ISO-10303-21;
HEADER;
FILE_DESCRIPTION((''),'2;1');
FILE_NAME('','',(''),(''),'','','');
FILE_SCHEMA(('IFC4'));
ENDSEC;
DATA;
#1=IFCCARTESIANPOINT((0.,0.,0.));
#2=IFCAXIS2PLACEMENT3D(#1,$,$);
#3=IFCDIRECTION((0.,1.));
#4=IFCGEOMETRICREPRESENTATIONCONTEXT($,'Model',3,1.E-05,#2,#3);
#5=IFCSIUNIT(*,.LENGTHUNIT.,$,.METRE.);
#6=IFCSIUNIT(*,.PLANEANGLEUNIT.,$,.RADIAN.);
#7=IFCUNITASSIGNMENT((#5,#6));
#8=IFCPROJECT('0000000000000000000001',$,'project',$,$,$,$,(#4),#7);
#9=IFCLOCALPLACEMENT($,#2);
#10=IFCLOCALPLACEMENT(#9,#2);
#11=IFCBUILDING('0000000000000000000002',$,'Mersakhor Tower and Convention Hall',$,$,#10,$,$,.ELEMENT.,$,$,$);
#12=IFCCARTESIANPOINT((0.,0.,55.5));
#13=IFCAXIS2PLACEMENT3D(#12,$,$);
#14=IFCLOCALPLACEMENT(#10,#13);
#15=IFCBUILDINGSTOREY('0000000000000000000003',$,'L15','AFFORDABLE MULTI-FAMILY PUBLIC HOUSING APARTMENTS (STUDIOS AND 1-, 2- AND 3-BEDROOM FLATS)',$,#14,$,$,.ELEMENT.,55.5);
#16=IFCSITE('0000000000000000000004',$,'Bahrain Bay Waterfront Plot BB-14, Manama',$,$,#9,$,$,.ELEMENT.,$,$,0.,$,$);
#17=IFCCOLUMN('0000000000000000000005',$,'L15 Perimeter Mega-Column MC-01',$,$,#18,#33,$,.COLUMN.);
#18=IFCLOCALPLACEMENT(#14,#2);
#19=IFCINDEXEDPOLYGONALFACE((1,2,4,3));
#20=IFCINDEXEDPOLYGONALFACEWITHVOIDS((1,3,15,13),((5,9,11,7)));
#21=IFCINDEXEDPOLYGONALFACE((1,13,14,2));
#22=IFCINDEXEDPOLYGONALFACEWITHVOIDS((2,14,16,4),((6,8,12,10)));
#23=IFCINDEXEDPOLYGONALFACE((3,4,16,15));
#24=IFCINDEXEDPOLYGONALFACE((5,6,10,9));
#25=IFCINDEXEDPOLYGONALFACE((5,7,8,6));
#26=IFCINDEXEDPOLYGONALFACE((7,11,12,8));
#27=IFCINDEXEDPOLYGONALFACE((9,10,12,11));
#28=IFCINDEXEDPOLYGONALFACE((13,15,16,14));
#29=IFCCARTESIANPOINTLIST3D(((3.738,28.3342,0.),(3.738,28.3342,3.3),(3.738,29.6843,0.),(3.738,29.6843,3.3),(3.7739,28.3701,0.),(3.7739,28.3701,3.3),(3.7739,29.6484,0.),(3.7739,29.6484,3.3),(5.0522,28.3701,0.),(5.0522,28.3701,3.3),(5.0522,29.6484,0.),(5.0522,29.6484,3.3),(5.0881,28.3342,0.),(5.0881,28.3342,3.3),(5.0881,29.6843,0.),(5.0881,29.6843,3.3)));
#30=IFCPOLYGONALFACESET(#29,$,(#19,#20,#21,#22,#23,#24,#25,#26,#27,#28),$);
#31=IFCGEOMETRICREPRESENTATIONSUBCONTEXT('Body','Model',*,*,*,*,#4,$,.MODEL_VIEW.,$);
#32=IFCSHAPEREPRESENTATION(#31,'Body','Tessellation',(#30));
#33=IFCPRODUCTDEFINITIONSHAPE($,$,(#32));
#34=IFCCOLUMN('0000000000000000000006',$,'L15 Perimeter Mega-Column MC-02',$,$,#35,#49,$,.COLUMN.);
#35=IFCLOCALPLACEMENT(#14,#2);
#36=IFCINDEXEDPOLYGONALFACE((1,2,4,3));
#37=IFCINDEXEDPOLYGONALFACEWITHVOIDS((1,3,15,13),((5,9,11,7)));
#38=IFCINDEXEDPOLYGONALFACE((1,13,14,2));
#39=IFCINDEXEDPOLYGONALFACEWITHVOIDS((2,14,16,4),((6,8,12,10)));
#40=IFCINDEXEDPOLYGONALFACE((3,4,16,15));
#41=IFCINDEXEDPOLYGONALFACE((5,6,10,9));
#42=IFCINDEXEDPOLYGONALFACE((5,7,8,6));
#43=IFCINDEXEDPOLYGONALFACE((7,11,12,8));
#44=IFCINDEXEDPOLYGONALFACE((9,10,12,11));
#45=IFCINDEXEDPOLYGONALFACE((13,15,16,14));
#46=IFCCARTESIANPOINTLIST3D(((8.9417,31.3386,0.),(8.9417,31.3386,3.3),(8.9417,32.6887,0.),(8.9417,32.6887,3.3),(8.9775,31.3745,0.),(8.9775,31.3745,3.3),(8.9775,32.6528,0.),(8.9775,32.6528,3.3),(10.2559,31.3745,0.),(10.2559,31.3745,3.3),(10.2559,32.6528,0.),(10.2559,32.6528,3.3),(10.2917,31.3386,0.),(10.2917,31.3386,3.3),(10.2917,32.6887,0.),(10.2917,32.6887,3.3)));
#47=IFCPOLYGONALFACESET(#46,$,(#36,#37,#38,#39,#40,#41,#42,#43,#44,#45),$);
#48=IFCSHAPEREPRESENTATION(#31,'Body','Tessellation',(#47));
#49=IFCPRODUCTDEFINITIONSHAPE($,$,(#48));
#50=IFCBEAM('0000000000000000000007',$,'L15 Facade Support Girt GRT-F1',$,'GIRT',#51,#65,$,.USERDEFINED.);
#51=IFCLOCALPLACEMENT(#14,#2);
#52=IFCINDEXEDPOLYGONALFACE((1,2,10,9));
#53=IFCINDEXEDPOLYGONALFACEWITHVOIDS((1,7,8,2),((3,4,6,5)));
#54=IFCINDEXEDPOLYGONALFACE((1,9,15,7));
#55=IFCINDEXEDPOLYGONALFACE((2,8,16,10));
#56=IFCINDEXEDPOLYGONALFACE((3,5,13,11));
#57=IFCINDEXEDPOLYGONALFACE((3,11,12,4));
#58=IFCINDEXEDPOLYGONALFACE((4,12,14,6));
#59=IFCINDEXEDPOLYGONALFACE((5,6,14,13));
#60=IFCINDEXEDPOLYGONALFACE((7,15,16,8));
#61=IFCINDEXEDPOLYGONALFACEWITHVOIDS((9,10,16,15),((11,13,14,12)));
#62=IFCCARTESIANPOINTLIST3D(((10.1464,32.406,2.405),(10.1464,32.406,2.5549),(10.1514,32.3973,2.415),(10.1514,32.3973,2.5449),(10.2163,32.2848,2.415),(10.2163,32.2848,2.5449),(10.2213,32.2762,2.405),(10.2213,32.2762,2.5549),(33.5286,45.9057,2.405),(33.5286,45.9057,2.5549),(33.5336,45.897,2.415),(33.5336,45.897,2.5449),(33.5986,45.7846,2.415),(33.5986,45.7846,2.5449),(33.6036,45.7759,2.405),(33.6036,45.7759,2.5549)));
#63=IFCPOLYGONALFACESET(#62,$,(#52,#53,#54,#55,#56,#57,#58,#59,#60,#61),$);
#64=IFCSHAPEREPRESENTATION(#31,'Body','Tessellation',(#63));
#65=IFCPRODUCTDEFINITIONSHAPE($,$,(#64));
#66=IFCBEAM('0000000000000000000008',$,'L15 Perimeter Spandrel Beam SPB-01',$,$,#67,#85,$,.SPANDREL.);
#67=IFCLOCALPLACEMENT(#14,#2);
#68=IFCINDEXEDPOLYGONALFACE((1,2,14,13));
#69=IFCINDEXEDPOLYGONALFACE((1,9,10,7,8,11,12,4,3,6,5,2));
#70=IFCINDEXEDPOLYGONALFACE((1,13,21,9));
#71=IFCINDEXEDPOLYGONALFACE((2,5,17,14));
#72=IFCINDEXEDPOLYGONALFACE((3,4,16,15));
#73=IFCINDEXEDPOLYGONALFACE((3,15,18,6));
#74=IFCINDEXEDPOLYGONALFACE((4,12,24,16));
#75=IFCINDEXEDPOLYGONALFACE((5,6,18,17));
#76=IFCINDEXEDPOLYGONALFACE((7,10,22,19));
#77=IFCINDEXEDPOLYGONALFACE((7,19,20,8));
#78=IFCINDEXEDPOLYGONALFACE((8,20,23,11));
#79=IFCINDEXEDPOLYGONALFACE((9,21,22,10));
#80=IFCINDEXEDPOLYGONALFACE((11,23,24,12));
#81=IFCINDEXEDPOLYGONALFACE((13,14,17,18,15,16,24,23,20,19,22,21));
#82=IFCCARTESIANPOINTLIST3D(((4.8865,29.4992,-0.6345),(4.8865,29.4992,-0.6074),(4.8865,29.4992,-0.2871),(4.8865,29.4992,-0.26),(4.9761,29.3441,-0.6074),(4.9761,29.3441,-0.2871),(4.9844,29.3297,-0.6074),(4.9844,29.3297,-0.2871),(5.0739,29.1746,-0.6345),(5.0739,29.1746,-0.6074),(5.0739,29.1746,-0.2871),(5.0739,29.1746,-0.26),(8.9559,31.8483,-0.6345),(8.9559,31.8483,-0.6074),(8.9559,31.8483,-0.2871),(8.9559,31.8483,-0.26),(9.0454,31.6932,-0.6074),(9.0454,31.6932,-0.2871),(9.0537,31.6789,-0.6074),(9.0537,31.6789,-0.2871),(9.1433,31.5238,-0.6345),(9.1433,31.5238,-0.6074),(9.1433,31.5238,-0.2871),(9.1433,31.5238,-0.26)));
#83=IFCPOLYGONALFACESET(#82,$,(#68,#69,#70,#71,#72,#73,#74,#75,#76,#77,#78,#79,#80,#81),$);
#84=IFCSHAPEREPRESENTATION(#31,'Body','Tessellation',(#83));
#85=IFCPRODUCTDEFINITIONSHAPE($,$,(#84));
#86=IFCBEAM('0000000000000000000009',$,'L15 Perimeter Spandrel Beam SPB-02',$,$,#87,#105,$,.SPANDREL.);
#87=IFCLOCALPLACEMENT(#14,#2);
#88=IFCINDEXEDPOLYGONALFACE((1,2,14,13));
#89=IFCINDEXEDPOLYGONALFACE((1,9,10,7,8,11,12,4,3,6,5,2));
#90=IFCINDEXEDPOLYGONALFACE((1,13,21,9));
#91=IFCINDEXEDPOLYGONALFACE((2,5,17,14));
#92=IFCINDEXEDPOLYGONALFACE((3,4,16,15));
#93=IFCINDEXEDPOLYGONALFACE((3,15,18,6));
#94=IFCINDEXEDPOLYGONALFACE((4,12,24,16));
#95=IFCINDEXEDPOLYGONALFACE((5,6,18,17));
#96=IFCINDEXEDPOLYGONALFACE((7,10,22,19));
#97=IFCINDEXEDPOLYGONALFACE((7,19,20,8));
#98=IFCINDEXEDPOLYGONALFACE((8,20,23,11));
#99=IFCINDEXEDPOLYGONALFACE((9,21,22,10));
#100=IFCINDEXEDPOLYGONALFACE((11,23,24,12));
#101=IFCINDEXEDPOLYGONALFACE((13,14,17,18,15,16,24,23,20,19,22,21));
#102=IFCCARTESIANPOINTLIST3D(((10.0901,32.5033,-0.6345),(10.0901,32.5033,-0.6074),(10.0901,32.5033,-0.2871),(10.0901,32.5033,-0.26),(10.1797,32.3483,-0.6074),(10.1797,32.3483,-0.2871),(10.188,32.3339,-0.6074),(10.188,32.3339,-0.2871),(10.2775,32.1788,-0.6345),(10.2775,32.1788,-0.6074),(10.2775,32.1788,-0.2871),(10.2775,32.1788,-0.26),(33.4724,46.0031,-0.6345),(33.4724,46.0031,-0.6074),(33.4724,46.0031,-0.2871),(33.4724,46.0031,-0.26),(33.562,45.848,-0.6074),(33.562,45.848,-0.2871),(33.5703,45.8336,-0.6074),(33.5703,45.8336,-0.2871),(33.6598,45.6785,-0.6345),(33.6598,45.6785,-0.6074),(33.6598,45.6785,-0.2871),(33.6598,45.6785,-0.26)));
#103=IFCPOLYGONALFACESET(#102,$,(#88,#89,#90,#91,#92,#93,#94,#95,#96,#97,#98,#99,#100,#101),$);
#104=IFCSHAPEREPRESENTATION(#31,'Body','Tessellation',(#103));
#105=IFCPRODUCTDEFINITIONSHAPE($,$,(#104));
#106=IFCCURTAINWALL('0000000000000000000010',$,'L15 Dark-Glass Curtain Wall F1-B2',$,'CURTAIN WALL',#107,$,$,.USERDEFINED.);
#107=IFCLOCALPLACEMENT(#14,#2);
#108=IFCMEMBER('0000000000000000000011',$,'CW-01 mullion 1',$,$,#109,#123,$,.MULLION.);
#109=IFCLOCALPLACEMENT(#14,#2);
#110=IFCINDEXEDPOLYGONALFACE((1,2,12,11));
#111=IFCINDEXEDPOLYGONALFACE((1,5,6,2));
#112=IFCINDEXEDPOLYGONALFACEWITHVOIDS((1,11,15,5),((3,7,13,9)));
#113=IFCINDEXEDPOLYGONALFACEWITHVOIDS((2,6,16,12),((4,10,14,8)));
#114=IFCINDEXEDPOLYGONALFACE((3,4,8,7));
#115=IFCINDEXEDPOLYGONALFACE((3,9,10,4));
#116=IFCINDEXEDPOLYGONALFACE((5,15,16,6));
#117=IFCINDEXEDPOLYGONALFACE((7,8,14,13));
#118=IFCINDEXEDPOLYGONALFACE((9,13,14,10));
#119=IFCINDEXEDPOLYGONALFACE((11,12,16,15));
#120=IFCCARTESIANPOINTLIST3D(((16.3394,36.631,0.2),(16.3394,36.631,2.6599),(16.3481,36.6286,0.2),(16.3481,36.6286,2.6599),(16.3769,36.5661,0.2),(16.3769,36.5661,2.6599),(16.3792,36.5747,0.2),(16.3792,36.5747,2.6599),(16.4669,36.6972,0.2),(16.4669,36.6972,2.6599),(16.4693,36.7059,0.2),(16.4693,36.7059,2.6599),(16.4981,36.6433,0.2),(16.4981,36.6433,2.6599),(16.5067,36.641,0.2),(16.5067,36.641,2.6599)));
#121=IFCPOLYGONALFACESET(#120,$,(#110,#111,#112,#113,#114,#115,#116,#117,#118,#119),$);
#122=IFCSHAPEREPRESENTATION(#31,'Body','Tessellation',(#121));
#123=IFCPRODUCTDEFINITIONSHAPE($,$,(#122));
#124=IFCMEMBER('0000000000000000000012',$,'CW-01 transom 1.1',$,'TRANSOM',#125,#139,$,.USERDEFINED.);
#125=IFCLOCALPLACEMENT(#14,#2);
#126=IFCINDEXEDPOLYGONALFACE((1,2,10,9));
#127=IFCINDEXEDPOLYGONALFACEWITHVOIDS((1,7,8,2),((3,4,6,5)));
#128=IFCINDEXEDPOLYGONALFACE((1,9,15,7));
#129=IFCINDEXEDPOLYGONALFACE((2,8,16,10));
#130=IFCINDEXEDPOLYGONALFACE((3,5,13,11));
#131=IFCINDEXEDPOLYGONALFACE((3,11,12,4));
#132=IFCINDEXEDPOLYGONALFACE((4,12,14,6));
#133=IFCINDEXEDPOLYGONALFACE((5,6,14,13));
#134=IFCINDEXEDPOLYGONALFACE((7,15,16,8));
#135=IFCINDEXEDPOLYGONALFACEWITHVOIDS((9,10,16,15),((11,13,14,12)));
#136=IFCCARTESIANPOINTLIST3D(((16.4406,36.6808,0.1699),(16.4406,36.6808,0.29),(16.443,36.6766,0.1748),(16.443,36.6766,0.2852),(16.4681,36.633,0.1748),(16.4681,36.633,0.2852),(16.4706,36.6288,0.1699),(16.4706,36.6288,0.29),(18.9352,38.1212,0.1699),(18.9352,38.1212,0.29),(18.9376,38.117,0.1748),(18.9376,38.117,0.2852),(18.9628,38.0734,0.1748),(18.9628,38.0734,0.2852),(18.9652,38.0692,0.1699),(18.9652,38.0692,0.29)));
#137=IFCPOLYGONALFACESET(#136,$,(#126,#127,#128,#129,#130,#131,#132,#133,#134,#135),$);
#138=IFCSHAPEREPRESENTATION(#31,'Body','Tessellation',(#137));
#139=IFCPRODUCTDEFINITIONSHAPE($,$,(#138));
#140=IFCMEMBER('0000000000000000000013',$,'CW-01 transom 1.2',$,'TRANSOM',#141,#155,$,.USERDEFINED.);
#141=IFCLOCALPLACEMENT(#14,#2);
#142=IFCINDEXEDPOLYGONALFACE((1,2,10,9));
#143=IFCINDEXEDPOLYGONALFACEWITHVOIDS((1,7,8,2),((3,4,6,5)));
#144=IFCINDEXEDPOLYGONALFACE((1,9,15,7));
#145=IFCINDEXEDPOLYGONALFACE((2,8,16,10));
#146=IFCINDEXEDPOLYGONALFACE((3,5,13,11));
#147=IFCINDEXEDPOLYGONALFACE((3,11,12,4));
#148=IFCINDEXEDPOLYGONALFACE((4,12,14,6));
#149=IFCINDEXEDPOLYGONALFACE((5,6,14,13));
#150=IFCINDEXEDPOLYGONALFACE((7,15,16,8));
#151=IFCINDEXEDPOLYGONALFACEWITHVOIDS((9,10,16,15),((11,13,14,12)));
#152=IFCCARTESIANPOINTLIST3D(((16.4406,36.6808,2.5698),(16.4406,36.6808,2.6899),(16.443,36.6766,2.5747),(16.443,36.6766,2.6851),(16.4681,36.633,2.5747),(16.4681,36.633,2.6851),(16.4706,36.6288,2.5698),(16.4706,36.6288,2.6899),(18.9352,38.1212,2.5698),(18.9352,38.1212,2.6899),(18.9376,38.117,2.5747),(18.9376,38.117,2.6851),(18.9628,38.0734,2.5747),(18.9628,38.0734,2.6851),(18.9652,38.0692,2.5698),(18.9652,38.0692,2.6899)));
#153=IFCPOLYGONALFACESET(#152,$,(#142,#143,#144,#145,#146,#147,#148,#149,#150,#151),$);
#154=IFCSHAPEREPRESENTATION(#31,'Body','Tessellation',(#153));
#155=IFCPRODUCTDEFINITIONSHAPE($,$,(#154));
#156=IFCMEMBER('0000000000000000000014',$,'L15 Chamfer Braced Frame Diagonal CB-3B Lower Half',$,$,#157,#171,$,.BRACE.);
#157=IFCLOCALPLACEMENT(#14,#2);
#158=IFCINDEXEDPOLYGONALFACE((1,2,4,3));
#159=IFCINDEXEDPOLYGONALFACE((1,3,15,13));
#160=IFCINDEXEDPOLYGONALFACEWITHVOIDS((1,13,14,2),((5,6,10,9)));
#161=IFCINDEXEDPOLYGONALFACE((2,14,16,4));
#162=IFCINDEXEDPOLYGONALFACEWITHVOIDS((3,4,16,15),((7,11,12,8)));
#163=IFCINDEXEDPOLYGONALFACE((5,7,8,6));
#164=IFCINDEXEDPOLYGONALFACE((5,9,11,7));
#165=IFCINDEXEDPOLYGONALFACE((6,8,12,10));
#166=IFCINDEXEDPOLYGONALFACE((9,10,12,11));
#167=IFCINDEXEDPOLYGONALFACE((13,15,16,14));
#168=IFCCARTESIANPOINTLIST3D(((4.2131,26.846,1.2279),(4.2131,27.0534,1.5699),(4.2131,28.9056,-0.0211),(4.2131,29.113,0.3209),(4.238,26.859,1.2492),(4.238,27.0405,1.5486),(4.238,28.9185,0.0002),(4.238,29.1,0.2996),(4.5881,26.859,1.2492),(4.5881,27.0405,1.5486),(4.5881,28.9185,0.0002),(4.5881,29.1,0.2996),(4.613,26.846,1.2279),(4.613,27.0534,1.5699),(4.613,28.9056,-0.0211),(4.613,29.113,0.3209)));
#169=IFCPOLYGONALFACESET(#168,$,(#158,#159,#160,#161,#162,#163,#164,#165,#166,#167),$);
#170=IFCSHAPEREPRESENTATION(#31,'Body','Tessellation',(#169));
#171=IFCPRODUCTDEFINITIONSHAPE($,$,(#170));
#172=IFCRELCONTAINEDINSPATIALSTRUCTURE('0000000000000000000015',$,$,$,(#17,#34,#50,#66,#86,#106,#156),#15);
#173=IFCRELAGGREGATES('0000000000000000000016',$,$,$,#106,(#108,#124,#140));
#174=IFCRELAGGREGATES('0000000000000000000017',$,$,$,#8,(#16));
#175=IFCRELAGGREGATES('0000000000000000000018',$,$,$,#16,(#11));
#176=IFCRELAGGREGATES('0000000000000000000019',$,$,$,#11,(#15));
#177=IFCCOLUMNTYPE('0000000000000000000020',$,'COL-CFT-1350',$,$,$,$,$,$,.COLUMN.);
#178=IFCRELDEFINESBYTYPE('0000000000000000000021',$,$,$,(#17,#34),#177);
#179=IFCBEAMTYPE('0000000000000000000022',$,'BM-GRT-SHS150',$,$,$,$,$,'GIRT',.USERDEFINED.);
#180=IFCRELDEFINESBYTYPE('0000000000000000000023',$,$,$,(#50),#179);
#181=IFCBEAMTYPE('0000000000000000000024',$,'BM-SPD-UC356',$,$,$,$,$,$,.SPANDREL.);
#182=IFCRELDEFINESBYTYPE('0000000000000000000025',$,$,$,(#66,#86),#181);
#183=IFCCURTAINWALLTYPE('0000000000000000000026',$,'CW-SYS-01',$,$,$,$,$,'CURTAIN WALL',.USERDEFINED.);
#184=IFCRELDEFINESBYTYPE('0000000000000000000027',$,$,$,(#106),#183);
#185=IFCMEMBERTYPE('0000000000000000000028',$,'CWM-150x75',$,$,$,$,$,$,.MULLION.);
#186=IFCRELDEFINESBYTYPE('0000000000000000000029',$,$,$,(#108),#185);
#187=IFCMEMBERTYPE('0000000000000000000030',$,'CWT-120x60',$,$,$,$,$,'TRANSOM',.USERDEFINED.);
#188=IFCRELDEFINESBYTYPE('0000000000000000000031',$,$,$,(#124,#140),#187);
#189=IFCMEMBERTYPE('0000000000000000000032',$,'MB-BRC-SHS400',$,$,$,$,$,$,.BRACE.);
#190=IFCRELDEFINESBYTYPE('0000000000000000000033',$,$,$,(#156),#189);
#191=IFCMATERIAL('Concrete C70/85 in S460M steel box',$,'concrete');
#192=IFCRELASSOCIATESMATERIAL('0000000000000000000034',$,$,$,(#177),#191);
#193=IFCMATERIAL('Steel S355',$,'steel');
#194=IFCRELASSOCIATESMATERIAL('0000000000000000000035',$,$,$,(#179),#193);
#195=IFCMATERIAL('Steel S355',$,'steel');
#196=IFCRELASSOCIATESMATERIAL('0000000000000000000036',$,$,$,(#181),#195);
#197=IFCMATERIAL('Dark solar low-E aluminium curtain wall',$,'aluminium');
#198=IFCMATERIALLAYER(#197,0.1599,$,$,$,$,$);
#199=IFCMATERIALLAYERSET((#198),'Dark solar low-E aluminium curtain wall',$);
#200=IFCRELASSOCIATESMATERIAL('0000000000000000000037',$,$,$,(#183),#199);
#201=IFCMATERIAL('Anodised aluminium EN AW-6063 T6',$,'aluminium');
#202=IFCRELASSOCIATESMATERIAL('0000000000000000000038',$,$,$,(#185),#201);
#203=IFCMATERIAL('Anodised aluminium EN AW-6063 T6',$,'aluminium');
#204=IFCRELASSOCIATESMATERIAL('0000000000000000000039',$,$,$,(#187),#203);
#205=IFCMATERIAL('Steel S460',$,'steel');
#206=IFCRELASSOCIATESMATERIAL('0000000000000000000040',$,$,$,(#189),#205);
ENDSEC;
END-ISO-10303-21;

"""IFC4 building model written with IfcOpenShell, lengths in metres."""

from ifc_helpers import new_model, si_unit, direction, frame, origin, origin_2d, place, context, subcontext, project, spatial, hollow_rectangle, i_section, extrude, material, layer, layer_set, material_profile, profile_set, type_object, element, aggregate, save


model = new_model("IFC4")

# Units and contexts
model_context = context("Model", 3, precision=1e-05, world=origin(), true_north=direction((0.0, 1.0)))
body_context = subcontext(model_context, "Body", "Model", "MODEL_VIEW")
ifc_project = project(units=[si_unit("LENGTHUNIT", "METRE"), si_unit("PLANEANGLEUNIT", "RADIAN")], contexts=[model_context])

# Site, building, storey
site_placement = place(None, origin())
site = spatial("IfcSite", under=ifc_project, at=site_placement, Name="Bahrain Bay Waterfront Plot BB-14, Manama", CompositionType="ELEMENT", RefElevation=0.0)
building_placement = place(site_placement, origin())
building = spatial("IfcBuilding", under=site, at=building_placement, Name="Mersakhor Tower and Convention Hall", CompositionType="ELEMENT")
storey_placement = place(building_placement, frame((0.0, 0.0, 55.5)))
storey = spatial("IfcBuildingStorey", under=building, at=storey_placement, Name="L15", Description="AFFORDABLE MULTI-FAMILY PUBLIC HOUSING APARTMENTS (STUDIOS AND 1-, 2- AND 3-BEDROOM FLATS)", CompositionType="ELEMENT", Elevation=55.5)

# Columns
ifc_material_1 = material(Name="Concrete C70/85 in S460M steel box", Category="concrete")
ifc_material_profile_1 = material_profile(ifc_material_1, hollow_rectangle(XDim=1.3501, YDim=1.3501, WallThickness=0.0359, at=origin_2d()), Name="SHS 1350x1350x36")
ifc_profile_set_1 = profile_set([ifc_material_profile_1], Name="Concrete C70/85 in S460M steel box")
column_type = type_object("IfcColumnType", Name="COL-CFT-1350", PredefinedType="COLUMN", material=ifc_profile_set_1)
for number, where, z_axis, x_axis, name in (
    (1, (4.4131, 29.0093, 0.0), (0.0, 0.0, 1.0), (1.0, 0.0, 0.0), "L15 Perimeter Mega-Column MC-01"),
    (2, (9.6167, 32.0137, 0.0), (0.0, 0.0, 1.0), (1.0, 0.0, 0.0), "L15 Perimeter Mega-Column MC-02"),
):
    element("IfcColumn", number, at=place(storey_placement, frame(where, z_axis=z_axis, x_axis=x_axis)), inside=storey, type_object=column_type, Name=name, PredefinedType="COLUMN", context=body_context, shape_type="SweptSolid", body=[
        extrude(hollow_rectangle(XDim=1.3501, YDim=1.3501, WallThickness=0.0359, at=origin_2d()), origin(), (0.0, 0.0, 1.0), 3.3),
    ])

# Beams
ifc_material_2 = material(Name="Steel S355", Category="steel")
ifc_material_profile_2 = material_profile(ifc_material_2, hollow_rectangle(XDim=0.1499, YDim=0.1499, WallThickness=0.01, at=origin_2d()), Name="SHS 150x150x10")
ifc_profile_set_2 = profile_set([ifc_material_profile_2], Name="Steel S355")
beam_type_1 = type_object("IfcBeamType", Name="BM-GRT-SHS150", ElementType="GIRT", PredefinedType="USERDEFINED", material=ifc_profile_set_2)
beam_1_placement = place(storey_placement, frame((10.1838, 32.3411, 2.48), z_axis=(0.866026, 0.499999, 0.0), x_axis=(-0.499999, 0.866026, 0.0)))
element("IfcBeam", 3, at=beam_1_placement, inside=storey, type_object=beam_type_1, Name="L15 Facade Support Girt GRT-F1", ObjectType="GIRT", PredefinedType="USERDEFINED", context=body_context, shape_type="SweptSolid", body=[
    extrude(hollow_rectangle(XDim=0.1499, YDim=0.1499, WallThickness=0.01, at=origin_2d()), origin(), (0.0, 0.0, 1.0), 26.9995),
])
ifc_material_3 = material(Name="Steel S355", Category="steel")
ifc_material_profile_3 = material_profile(ifc_material_3, i_section(OverallWidth=0.3748, OverallDepth=0.3745, WebThickness=0.0166, FlangeThickness=0.0271, at=origin_2d()), Name="UC 356x368x202")
ifc_profile_set_3 = profile_set([ifc_material_profile_3], Name="Steel S355")
beam_type_2 = type_object("IfcBeamType", Name="BM-SPD-UC356", PredefinedType="SPANDREL", material=ifc_profile_set_3)
beam_2_placement = place(storey_placement, frame((4.9802, 29.3369, -0.4473), z_axis=(0.866054, 0.49995, 0.0), x_axis=(-0.49995, 0.866054, 0.0)))
element("IfcBeam", 4, at=beam_2_placement, inside=storey, type_object=beam_type_2, Name="L15 Perimeter Spandrel Beam SPB-01", PredefinedType="SPANDREL", context=body_context, shape_type="SweptSolid", body=[
    extrude(i_section(OverallWidth=0.3748, OverallDepth=0.3745, WebThickness=0.0166, FlangeThickness=0.0271, at=origin_2d()), origin(), (0.0, 0.0, 1.0), 4.6987),
])
beam_3_placement = place(storey_placement, frame((10.1838, 32.3411, -0.4473), z_axis=(0.866026, 0.499999, 0.0), x_axis=(-0.499999, 0.866026, 0.0)))
element("IfcBeam", 5, at=beam_3_placement, inside=storey, type_object=beam_type_2, Name="L15 Perimeter Spandrel Beam SPB-02", PredefinedType="SPANDREL", context=body_context, shape_type="SweptSolid", body=[
    extrude(i_section(OverallWidth=0.3748, OverallDepth=0.3745, WebThickness=0.0166, FlangeThickness=0.0271, at=origin_2d()), origin(), (0.0, 0.0, 1.0), 26.9995),
])

# Curtain wall, members
ifc_material_4 = material(Name="Dark solar low-E aluminium curtain wall", Category="aluminium")
ifc_layer_1 = layer(ifc_material_4, 0.1599)
ifc_layer_set_1 = layer_set([ifc_layer_1], Name="Dark solar low-E aluminium curtain wall")
curtain_wall_type = type_object("IfcCurtainWallType", Name="CW-SYS-01", ElementType="CURTAIN WALL", PredefinedType="USERDEFINED", material=ifc_layer_set_1)
curtain_wall_placement = place(storey_placement, origin())
curtain_wall = element("IfcCurtainWall", 6, at=curtain_wall_placement, inside=storey, type_object=curtain_wall_type, Name="L15 Dark-Glass Curtain Wall F1-B2", ObjectType="CURTAIN WALL", PredefinedType="USERDEFINED")
ifc_material_5 = material(Name="Anodised aluminium EN AW-6063 T6", Category="aluminium")
ifc_material_profile_4 = material_profile(ifc_material_5, hollow_rectangle(XDim=0.075, YDim=0.1499, WallThickness=0.0063, at=origin_2d()), Name="RHS 150x75x6.3")
ifc_profile_set_4 = profile_set([ifc_material_profile_4], Name="Anodised aluminium EN AW-6063 T6")
member_type_1 = type_object("IfcMemberType", Name="CWM-150x75", PredefinedType="MULLION", material=ifc_profile_set_4)
member_1_placement = place(storey_placement, frame((16.4231, 36.636, 0.2), z_axis=(0.0, 0.0, 1.0), x_axis=(-0.500003, 0.866023, 0.0)))
member_1 = element("IfcMember", 7, at=member_1_placement, type_object=member_type_1, Name="CW-01 mullion 1", PredefinedType="MULLION", context=body_context, shape_type="SweptSolid", body=[
    extrude(hollow_rectangle(XDim=0.075, YDim=0.1499, WallThickness=0.0063, at=origin_2d()), origin(), (0.0, 0.0, 1.0), 2.46),
])
ifc_material_6 = material(Name="Anodised aluminium EN AW-6063 T6", Category="aluminium")
ifc_material_profile_5 = material_profile(ifc_material_6, hollow_rectangle(XDim=0.0601, YDim=0.1201, WallThickness=0.0049, at=origin_2d()), Name="RHS 120x60x5")
ifc_profile_set_5 = profile_set([ifc_material_profile_5], Name="Anodised aluminium EN AW-6063 T6")
member_type_2 = type_object("IfcMemberType", Name="CWT-120x60", ElementType="TRANSOM", PredefinedType="USERDEFINED", material=ifc_profile_set_5)
member_2_placement = place(storey_placement, frame((16.4556, 36.6548, 0.23), z_axis=(0.866002, 0.50004, 0.0), x_axis=(-0.50004, 0.866002, 0.0)))
member_2 = element("IfcMember", 8, at=member_2_placement, type_object=member_type_2, Name="CW-01 transom 1.1", ObjectType="TRANSOM", PredefinedType="USERDEFINED", context=body_context, shape_type="SweptSolid", body=[
    extrude(hollow_rectangle(XDim=0.0601, YDim=0.1201, WallThickness=0.0049, at=origin_2d()), origin(), (0.0, 0.0, 1.0), 2.8806),
])
member_3_placement = place(storey_placement, frame((16.4556, 36.6548, 2.6299), z_axis=(0.866002, 0.50004, 0.0), x_axis=(-0.50004, 0.866002, 0.0)))
member_3 = element("IfcMember", 9, at=member_3_placement, type_object=member_type_2, Name="CW-01 transom 1.2", ObjectType="TRANSOM", PredefinedType="USERDEFINED", context=body_context, shape_type="SweptSolid", body=[
    extrude(hollow_rectangle(XDim=0.0601, YDim=0.1201, WallThickness=0.0049, at=origin_2d()), origin(), (0.0, 0.0, 1.0), 2.8806),
])
aggregate(curtain_wall, [member_1, member_2, member_3])

# Member
ifc_material_7 = material(Name="Steel S460", Category="steel")
ifc_material_profile_6 = material_profile(ifc_material_7, hollow_rectangle(XDim=0.3999, YDim=0.3999, WallThickness=0.0249, at=origin_2d()), Name="SHS 400x400x25")
ifc_profile_set_6 = profile_set([ifc_material_profile_6], Name="Steel S460")
member_type_3 = type_object("IfcMemberType", Name="MB-BRC-SHS400", PredefinedType="BRACE", material=ifc_profile_set_6)
for number, where, z_axis, x_axis, name in (
    (10, (4.4131, 29.0093, 0.1499), (0.0, -0.855051, 0.518544), (1.0, 0.0, 0.0), "L15 Chamfer Braced Frame Diagonal CB-3B Lower Half"),
):
    element("IfcMember", number, at=place(storey_placement, frame(where, z_axis=z_axis, x_axis=x_axis)), inside=storey, type_object=member_type_3, Name=name, PredefinedType="BRACE", context=body_context, shape_type="SweptSolid", body=[
        extrude(hollow_rectangle(XDim=0.3999, YDim=0.3999, WallThickness=0.0249, at=origin_2d()), origin(), (0.0, 0.0, 1.0), 2.4087),
    ])

save(model, "model.ifc")
